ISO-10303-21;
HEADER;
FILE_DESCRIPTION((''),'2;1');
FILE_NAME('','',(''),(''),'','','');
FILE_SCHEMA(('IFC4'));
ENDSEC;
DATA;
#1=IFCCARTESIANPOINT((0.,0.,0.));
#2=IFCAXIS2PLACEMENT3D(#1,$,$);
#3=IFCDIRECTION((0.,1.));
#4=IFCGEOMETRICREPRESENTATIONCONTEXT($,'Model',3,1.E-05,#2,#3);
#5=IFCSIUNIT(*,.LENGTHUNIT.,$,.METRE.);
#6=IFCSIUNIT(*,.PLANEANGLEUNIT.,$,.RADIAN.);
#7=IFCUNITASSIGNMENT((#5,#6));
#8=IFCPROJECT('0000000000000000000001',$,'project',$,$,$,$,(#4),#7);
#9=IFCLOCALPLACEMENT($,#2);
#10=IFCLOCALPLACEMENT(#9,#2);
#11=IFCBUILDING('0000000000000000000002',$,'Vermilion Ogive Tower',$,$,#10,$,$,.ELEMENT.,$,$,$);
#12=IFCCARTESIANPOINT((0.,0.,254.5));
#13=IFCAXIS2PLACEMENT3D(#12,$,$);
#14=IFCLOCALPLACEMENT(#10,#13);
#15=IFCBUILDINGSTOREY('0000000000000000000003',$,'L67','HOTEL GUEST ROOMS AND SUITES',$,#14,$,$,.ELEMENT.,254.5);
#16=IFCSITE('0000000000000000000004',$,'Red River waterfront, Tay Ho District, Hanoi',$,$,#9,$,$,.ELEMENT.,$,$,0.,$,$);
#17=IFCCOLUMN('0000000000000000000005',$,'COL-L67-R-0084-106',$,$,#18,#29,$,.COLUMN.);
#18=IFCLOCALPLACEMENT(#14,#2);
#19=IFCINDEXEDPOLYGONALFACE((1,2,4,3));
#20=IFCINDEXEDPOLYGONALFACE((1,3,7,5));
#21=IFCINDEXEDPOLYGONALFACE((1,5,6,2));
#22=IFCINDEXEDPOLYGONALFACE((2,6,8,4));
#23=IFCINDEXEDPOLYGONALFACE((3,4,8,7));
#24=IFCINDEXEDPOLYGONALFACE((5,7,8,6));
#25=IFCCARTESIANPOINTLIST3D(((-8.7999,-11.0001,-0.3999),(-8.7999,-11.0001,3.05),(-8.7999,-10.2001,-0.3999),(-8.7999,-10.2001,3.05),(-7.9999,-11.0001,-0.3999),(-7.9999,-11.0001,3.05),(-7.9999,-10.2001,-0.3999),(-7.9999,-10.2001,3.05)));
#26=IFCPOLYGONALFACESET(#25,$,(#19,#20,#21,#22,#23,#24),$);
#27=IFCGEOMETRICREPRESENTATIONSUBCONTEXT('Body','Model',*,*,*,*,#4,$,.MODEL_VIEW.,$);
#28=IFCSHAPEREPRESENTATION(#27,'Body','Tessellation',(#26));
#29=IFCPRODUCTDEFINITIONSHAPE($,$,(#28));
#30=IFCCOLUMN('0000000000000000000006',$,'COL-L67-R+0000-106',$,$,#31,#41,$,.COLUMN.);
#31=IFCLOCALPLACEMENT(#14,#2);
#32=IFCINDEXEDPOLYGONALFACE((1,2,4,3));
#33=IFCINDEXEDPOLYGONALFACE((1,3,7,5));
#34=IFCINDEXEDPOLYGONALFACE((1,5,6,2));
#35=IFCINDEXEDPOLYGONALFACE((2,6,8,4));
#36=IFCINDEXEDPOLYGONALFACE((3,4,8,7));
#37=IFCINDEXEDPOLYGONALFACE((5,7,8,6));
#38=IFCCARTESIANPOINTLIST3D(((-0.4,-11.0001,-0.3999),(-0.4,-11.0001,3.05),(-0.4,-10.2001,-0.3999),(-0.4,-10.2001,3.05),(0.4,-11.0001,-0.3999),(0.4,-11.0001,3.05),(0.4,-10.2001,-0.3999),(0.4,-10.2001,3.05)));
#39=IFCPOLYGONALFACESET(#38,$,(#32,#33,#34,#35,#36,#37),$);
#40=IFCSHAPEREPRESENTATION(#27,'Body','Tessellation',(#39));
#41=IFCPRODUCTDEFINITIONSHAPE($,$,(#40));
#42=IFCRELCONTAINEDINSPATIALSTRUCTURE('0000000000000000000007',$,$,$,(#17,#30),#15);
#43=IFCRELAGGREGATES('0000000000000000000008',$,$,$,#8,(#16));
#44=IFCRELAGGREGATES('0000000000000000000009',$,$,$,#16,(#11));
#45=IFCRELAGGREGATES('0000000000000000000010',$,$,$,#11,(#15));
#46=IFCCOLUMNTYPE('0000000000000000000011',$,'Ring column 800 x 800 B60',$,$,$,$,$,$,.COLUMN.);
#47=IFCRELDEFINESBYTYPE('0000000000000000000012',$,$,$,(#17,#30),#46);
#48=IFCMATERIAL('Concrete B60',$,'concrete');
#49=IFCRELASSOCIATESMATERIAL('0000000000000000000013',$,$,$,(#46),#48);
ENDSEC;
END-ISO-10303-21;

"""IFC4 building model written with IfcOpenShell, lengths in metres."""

from ifc_helpers import new_model, si_unit, direction, frame, origin, origin_2d, place, context, subcontext, project, spatial, rectangle, extrude, material, material_profile, profile_set, type_object, element, save


model = new_model("IFC4")

# Units and contexts
model_context = context("Model", 3, precision=1e-05, world=origin(), true_north=direction((0.0, 1.0)))
body_context = subcontext(model_context, "Body", "Model", "MODEL_VIEW")
ifc_project = project(units=[si_unit("LENGTHUNIT", "METRE"), si_unit("PLANEANGLEUNIT", "RADIAN")], contexts=[model_context])

# Site, building, storey
site_placement = place(None, origin())
site = spatial("IfcSite", under=ifc_project, at=site_placement, Name="Red River waterfront, Tay Ho District, Hanoi", CompositionType="ELEMENT", RefElevation=0.0)
building_placement = place(site_placement, origin())
building = spatial("IfcBuilding", under=site, at=building_placement, Name="Vermilion Ogive Tower", CompositionType="ELEMENT")
storey_placement = place(building_placement, frame((0.0, 0.0, 254.5)))
storey = spatial("IfcBuildingStorey", under=building, at=storey_placement, Name="L67", Description="HOTEL GUEST ROOMS AND SUITES", CompositionType="ELEMENT", Elevation=254.5)

# Columns
ifc_material_1 = material(Name="Concrete B60", Category="concrete")
ifc_material_profile = material_profile(ifc_material_1, rectangle(XDim=0.8, YDim=0.8, at=origin_2d()), Name="800 x 800")
ifc_profile_set = profile_set([ifc_material_profile], Name="Concrete B60")
column_type = type_object("IfcColumnType", Name="Ring column 800 x 800 B60", PredefinedType="COLUMN", material=ifc_profile_set)
for number, where, z_axis, x_axis, name in (
    (1, (-8.3999, -10.6001, -0.3999), (0.0, 0.0, 1.0), (1.0, 0.0, 0.0), "COL-L67-R-0084-106"),
    (2, (0.0, -10.6001, -0.3999), (0.0, 0.0, 1.0), (1.0, 0.0, 0.0), "COL-L67-R+0000-106"),
):
    element("IfcColumn", number, at=place(storey_placement, frame(where, z_axis=z_axis, x_axis=x_axis)), inside=storey, type_object=column_type, Name=name, PredefinedType="COLUMN", context=body_context, shape_type="SweptSolid", body=[
        extrude(rectangle(XDim=0.8, YDim=0.8, at=origin_2d()), origin(), (0.0, 0.0, 1.0), 3.45),
    ])

save(model, "model.ifc")
